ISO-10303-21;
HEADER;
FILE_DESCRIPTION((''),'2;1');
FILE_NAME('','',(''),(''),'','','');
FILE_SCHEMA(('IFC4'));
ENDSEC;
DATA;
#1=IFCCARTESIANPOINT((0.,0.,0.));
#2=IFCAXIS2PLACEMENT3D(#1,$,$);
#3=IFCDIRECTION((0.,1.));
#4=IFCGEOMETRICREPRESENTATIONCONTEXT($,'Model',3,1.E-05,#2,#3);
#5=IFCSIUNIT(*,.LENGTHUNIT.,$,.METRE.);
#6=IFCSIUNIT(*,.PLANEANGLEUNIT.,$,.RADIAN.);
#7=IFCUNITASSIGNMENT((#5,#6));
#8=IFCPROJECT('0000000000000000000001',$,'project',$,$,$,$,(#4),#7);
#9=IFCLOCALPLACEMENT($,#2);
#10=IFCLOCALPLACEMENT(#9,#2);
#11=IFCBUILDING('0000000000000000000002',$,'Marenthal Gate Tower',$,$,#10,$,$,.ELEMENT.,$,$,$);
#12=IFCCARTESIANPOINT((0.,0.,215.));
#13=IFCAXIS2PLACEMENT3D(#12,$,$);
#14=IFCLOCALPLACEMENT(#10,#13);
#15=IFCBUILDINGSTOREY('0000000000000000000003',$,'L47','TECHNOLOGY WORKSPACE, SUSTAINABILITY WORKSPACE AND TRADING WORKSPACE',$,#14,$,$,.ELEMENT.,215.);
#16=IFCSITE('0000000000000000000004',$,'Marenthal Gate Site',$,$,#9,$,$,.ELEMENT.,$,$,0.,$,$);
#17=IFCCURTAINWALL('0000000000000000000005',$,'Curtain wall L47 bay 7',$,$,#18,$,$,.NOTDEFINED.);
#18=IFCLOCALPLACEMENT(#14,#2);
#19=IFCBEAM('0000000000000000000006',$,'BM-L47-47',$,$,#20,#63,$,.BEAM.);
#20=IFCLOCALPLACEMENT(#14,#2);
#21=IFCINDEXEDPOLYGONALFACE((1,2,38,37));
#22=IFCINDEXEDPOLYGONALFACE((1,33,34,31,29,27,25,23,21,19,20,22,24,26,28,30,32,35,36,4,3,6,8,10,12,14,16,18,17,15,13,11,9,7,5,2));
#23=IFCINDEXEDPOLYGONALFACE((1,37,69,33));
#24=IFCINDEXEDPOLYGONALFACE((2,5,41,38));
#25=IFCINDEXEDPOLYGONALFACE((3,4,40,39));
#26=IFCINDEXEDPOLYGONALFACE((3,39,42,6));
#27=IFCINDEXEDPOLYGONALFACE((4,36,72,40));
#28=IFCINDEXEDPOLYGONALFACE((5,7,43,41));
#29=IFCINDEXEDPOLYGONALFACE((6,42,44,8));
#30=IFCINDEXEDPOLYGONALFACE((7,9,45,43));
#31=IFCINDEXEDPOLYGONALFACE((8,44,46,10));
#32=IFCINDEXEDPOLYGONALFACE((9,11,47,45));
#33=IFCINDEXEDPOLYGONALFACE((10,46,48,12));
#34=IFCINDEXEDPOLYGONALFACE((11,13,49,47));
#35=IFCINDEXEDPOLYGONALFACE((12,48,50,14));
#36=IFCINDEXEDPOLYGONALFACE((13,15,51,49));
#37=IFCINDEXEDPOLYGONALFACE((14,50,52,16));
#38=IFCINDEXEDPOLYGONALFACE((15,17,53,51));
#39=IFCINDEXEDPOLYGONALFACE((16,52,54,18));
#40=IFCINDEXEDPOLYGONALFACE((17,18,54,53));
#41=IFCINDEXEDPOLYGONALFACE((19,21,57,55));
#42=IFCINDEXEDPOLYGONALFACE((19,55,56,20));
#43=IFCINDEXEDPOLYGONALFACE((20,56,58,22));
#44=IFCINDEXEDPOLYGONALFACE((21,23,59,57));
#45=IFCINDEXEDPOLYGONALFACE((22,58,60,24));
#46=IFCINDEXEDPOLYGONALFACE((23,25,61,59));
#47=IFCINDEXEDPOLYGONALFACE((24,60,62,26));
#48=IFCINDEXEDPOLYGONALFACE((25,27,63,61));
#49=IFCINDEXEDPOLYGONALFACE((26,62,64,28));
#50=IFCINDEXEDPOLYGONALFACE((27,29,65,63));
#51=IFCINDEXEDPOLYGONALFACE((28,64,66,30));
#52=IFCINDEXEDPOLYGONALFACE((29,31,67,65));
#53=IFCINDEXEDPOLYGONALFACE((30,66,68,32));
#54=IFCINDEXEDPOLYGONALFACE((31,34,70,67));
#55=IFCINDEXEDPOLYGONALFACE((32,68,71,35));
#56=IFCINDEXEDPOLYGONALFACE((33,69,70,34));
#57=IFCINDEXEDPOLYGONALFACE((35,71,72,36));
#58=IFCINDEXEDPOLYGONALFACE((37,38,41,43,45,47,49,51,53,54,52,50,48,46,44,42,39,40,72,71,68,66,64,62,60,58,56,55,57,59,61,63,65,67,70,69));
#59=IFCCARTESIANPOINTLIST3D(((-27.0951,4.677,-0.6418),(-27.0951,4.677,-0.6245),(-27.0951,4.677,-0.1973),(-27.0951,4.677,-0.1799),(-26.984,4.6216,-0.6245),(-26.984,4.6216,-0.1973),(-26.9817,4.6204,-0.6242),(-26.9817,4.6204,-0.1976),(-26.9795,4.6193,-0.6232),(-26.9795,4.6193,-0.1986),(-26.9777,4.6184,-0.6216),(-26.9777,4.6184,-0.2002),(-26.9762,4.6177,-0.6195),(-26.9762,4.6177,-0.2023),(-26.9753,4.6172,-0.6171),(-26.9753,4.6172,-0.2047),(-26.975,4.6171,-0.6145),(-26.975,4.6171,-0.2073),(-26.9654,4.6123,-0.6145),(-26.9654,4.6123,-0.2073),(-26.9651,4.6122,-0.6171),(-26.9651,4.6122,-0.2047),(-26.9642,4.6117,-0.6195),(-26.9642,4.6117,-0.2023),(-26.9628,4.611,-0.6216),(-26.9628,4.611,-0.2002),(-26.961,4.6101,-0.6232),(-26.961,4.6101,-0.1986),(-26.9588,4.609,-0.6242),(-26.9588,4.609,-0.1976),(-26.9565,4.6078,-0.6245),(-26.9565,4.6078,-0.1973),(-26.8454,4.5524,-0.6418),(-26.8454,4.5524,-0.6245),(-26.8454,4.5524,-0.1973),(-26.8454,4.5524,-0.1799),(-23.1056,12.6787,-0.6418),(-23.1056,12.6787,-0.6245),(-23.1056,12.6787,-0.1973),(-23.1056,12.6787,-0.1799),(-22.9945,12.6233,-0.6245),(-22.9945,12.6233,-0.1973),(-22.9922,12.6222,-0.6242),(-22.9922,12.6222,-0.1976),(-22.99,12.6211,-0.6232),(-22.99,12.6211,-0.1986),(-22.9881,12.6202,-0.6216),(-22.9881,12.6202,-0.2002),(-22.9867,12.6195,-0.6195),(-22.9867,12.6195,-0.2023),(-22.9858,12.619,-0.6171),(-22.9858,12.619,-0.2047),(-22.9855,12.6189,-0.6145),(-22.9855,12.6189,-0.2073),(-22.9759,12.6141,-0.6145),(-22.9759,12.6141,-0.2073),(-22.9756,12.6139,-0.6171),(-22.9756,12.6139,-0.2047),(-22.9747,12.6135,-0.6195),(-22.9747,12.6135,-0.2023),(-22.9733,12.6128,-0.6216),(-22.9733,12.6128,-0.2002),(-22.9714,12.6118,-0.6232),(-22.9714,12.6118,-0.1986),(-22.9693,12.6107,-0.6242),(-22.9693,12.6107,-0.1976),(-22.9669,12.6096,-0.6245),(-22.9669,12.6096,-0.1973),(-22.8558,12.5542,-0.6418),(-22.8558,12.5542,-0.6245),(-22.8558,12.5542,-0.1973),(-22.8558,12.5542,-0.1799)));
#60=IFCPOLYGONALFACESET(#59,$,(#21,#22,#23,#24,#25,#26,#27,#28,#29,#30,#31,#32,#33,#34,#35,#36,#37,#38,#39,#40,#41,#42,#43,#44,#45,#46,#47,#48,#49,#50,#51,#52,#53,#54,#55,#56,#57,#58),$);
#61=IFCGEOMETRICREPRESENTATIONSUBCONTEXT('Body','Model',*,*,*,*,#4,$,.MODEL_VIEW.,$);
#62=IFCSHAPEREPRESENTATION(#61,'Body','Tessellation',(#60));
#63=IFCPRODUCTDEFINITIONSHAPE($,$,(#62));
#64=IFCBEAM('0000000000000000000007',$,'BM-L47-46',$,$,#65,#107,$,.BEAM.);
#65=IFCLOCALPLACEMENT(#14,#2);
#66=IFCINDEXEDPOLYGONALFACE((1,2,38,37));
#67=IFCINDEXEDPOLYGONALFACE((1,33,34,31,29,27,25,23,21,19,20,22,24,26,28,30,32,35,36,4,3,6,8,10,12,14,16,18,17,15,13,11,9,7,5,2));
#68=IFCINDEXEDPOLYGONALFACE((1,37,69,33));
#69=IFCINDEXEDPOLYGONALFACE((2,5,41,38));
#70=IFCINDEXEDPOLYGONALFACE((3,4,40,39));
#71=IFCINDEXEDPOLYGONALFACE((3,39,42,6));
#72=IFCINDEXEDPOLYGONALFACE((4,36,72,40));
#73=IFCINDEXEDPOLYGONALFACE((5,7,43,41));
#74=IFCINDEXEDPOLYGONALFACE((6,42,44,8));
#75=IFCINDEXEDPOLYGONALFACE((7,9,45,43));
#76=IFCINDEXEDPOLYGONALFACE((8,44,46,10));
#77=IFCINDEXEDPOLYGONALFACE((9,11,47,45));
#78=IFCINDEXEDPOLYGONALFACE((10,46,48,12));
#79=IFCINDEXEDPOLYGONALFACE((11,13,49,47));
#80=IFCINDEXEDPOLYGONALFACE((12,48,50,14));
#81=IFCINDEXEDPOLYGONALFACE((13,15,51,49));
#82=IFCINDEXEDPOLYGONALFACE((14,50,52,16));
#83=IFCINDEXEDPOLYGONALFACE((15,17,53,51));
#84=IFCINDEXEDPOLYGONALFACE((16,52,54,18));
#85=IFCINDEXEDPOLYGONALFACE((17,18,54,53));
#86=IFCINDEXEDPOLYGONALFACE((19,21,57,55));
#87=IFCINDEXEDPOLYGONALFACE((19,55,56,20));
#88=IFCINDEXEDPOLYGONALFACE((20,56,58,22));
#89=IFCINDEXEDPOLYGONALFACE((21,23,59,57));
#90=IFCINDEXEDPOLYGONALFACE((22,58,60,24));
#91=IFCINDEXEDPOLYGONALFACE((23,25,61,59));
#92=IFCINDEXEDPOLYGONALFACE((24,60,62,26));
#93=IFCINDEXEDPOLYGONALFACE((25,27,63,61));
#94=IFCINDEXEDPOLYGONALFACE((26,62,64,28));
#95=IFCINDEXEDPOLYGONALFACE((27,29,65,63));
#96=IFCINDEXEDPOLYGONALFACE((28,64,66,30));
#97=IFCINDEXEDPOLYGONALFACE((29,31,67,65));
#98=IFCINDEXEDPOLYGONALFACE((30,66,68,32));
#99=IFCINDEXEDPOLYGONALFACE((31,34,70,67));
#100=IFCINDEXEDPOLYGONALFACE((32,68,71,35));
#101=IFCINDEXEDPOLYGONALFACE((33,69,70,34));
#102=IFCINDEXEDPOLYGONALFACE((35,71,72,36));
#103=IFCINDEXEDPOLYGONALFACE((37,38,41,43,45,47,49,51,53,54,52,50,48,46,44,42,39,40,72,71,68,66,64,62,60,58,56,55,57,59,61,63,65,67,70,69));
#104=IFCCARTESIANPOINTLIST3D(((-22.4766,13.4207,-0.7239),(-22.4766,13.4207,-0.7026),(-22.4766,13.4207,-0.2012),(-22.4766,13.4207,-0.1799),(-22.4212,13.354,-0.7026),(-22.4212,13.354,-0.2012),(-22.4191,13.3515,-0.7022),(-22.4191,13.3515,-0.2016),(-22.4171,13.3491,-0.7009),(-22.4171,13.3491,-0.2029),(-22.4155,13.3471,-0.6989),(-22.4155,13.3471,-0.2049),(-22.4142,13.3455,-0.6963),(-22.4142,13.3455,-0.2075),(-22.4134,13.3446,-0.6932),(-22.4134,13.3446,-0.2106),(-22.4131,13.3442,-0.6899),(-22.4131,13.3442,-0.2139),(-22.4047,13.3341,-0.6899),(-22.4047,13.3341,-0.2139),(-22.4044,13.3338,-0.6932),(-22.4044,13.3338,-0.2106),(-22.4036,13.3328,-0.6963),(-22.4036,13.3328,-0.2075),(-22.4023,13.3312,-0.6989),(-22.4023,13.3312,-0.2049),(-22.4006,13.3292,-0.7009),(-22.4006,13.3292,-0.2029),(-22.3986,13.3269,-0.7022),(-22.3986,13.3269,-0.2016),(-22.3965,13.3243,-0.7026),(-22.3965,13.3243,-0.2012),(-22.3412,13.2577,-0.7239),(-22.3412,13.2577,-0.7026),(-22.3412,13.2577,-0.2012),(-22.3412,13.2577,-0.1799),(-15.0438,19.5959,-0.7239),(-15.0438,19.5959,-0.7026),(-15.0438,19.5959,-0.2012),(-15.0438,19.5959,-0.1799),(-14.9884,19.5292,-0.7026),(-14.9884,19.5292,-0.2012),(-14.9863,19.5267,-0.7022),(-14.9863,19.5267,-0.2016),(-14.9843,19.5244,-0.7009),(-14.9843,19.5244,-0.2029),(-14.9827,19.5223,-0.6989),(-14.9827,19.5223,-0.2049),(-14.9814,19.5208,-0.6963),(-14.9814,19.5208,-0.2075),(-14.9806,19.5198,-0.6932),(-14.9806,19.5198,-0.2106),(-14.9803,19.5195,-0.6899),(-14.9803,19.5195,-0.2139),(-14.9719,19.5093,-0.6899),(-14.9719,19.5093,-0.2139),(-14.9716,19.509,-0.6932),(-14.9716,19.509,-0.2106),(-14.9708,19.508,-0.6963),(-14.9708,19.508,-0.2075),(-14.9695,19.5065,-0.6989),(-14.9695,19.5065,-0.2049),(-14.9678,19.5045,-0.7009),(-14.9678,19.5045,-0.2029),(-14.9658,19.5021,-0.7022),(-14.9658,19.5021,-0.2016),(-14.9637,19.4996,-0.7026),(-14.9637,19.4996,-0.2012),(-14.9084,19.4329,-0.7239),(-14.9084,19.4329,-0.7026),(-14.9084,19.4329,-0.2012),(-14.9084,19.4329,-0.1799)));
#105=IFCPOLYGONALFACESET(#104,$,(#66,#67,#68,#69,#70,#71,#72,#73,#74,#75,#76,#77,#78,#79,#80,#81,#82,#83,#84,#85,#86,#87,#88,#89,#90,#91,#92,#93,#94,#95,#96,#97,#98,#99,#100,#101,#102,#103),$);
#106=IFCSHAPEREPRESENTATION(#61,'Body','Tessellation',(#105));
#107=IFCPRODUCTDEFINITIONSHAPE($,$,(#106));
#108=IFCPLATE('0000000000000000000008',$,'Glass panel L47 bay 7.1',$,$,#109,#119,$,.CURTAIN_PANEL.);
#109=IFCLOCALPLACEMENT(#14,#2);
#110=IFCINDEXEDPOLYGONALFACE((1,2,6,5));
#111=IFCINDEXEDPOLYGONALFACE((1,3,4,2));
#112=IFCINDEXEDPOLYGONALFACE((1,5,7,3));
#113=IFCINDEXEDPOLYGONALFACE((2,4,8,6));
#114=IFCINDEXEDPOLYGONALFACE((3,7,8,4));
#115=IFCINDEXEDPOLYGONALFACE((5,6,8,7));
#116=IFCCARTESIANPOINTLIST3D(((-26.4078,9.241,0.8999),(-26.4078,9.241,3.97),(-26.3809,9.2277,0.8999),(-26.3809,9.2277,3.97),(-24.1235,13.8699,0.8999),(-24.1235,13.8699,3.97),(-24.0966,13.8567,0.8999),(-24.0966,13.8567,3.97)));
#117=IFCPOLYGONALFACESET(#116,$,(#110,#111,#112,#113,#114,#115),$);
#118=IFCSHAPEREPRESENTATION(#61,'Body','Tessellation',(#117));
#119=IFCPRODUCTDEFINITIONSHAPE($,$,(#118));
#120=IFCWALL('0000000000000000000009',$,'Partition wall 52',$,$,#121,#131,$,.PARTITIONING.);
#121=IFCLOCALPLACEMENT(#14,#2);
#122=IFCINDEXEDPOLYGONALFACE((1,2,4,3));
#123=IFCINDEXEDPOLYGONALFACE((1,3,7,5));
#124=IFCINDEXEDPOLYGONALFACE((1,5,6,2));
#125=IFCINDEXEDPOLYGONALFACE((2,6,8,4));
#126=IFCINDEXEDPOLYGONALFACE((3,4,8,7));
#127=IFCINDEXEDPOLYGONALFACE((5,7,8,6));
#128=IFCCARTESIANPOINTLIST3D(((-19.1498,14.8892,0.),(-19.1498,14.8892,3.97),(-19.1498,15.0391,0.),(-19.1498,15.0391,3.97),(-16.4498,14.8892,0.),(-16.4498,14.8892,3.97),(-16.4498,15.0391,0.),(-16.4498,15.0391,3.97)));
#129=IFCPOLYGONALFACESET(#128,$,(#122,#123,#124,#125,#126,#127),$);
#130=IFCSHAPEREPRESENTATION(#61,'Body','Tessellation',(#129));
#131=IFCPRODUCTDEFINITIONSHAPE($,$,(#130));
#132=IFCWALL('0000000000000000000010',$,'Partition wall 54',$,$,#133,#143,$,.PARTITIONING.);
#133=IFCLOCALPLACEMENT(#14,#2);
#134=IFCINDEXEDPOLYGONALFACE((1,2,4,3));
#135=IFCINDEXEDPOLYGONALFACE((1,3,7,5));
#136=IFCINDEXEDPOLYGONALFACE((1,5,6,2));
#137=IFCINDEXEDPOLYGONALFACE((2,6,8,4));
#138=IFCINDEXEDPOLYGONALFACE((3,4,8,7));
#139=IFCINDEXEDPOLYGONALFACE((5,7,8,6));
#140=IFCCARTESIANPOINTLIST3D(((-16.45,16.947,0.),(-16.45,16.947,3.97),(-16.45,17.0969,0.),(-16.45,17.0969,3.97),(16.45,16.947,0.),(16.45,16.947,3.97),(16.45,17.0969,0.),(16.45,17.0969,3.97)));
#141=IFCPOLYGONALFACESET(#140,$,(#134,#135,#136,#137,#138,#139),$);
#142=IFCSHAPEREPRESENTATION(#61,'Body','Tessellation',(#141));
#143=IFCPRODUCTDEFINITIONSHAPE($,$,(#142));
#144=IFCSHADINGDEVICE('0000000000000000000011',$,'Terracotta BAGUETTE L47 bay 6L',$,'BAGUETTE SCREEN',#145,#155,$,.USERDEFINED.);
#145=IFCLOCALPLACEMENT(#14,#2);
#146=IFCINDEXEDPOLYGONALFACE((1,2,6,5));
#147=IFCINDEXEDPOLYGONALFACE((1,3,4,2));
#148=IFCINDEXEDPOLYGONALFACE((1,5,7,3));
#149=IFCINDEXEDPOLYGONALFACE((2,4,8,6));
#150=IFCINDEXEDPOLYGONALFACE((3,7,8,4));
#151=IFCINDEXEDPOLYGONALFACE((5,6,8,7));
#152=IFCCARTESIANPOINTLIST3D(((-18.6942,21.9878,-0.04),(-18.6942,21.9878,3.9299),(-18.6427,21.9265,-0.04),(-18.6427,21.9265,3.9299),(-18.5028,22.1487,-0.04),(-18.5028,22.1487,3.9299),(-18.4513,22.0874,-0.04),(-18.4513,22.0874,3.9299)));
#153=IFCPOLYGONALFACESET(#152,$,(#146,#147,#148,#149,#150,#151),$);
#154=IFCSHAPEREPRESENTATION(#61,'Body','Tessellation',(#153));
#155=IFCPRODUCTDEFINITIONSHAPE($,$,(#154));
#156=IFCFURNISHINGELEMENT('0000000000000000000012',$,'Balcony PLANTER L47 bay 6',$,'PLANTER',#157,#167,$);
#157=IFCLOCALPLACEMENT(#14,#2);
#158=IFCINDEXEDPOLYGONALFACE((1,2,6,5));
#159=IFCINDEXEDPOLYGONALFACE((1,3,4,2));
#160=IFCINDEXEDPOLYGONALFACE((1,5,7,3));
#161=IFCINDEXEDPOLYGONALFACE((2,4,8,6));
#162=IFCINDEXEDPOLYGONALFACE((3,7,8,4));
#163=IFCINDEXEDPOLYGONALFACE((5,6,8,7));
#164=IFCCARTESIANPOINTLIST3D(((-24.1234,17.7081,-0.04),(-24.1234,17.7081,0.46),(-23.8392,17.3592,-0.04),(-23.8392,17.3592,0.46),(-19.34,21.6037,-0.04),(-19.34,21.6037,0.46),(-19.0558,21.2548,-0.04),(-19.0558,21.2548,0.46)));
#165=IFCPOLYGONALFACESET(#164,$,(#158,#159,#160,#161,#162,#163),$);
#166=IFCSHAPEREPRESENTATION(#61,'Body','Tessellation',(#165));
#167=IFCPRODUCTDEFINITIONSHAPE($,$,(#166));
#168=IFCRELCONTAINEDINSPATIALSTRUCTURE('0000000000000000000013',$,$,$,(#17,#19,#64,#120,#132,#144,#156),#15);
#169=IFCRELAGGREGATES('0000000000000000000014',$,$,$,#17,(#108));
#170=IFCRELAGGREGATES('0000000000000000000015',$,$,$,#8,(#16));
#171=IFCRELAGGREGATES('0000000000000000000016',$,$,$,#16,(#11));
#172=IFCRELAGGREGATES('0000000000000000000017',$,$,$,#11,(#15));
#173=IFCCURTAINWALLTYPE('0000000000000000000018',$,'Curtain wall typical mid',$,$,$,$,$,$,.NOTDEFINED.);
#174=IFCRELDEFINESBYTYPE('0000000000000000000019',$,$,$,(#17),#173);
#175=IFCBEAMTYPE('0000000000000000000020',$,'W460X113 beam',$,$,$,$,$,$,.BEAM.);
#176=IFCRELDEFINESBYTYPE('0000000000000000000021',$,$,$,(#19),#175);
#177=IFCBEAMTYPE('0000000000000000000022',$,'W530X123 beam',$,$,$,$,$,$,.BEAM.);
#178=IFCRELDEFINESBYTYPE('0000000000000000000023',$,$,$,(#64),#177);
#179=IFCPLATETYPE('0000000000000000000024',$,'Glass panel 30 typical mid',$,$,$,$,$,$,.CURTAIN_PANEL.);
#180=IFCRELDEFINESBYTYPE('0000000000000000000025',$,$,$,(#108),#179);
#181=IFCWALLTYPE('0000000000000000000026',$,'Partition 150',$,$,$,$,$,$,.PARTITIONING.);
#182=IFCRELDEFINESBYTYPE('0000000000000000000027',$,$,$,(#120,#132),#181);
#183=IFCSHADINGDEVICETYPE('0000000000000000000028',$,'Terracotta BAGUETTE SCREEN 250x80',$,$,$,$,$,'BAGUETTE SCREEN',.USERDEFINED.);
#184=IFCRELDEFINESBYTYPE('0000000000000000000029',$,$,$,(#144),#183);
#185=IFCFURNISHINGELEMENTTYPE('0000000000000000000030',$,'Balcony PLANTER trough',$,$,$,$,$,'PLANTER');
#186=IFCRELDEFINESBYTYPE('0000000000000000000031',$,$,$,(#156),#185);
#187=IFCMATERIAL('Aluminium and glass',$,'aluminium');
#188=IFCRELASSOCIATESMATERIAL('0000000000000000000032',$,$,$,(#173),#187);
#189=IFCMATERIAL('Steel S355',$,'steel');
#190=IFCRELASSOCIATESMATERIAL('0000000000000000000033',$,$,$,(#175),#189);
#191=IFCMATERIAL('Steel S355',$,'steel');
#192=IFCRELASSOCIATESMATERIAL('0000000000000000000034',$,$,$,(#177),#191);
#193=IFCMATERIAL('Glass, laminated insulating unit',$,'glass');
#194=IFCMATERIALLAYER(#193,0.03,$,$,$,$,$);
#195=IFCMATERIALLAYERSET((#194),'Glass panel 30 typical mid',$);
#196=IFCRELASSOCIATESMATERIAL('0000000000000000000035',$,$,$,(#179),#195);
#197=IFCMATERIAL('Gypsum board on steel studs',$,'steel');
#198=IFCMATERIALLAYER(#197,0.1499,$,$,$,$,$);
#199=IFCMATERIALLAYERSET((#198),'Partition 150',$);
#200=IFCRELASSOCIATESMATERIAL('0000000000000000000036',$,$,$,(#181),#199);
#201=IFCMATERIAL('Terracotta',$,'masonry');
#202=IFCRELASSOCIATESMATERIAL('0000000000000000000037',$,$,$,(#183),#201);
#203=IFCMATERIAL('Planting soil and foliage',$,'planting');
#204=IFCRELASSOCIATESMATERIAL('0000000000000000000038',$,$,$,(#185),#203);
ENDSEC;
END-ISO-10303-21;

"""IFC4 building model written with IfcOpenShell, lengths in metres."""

from ifc_helpers import new_model, si_unit, direction, frame, frame_2d, origin, origin_2d, place, context, subcontext, project, spatial, rectangle, i_section, extrude, material, layer, layer_set, material_profile, profile_set, type_object, element, aggregate, save


model = new_model("IFC4")

# Units and contexts
model_context = context("Model", 3, precision=1e-05, world=origin(), true_north=direction((0.0, 1.0)))
body_context = subcontext(model_context, "Body", "Model", "MODEL_VIEW")
ifc_project = project(units=[si_unit("LENGTHUNIT", "METRE"), si_unit("PLANEANGLEUNIT", "RADIAN")], contexts=[model_context])

# Site, building, storey
site_placement = place(None, origin())
site = spatial("IfcSite", under=ifc_project, at=site_placement, Name="Marenthal Gate Site", CompositionType="ELEMENT", RefElevation=0.0)
building_placement = place(site_placement, origin())
building = spatial("IfcBuilding", under=site, at=building_placement, Name="Marenthal Gate Tower", CompositionType="ELEMENT")
storey_placement = place(building_placement, frame((0.0, 0.0, 215.0)))
storey = spatial("IfcBuildingStorey", under=building, at=storey_placement, Name="L47", Description="TECHNOLOGY WORKSPACE, SUSTAINABILITY WORKSPACE AND TRADING WORKSPACE", CompositionType="ELEMENT", Elevation=215.0)

# Shared definitions
ifc_material_1 = material(Name="Aluminium and glass", Category="aluminium")
curtain_wall_type = type_object("IfcCurtainWallType", Name="Curtain wall typical mid", PredefinedType="NOTDEFINED", material=ifc_material_1)

# Curtain wall
curtain_wall_1_placement = place(storey_placement, origin())
curtain_wall_1 = element("IfcCurtainWall", 1, at=curtain_wall_1_placement, inside=storey, type_object=curtain_wall_type, Name="Curtain wall L47 bay 7", PredefinedType="NOTDEFINED")

# Beams
ifc_material_2 = material(Name="Steel S355", Category="steel")
ifc_material_profile_1 = material_profile(ifc_material_2, i_section(OverallWidth=0.2791, OverallDepth=0.4619, WebThickness=0.0107, FlangeThickness=0.0173, FilletRadius=0.01, at=origin_2d()), Name="W460X113")
ifc_profile_set_1 = profile_set([ifc_material_profile_1], Name="Steel S355")
beam_type_1 = type_object("IfcBeamType", Name="W460X113 beam", PredefinedType="BEAM", material=ifc_profile_set_1)
beam_1_placement = place(storey_placement, frame((-22.9807, 12.6165, -0.4109), z_axis=(-0.446198, -0.894934, 0.0), x_axis=(0.894934, -0.446198, 0.0)))
element("IfcBeam", 2, at=beam_1_placement, inside=storey, type_object=beam_type_1, Name="BM-L47-47", PredefinedType="BEAM", context=body_context, shape_type="SweptSolid", body=[
    extrude(i_section(OverallWidth=0.2791, OverallDepth=0.4619, WebThickness=0.0107, FlangeThickness=0.0173, FilletRadius=0.01, at=origin_2d()), origin(), (0.0, 0.0, 1.0), 8.9412),
])
ifc_material_3 = material(Name="Steel S355", Category="steel")
ifc_material_profile_2 = material_profile(ifc_material_3, i_section(OverallWidth=0.2119, OverallDepth=0.5439, WebThickness=0.0132, FlangeThickness=0.0212, FilletRadius=0.0127, at=origin_2d()), Name="W530X123")
ifc_profile_set_2 = profile_set([ifc_material_profile_2], Name="Steel S355")
beam_type_2 = type_object("IfcBeamType", Name="W530X123 beam", PredefinedType="BEAM", material=ifc_profile_set_2)
beam_2_placement = place(storey_placement, frame((-14.9761, 19.5144, -0.4519), z_axis=(-0.769175, -0.639038, 0.0), x_axis=(0.639038, -0.769175, 0.0)))
element("IfcBeam", 3, at=beam_2_placement, inside=storey, type_object=beam_type_2, Name="BM-L47-46", PredefinedType="BEAM", context=body_context, shape_type="SweptSolid", body=[
    extrude(i_section(OverallWidth=0.2119, OverallDepth=0.5439, WebThickness=0.0132, FlangeThickness=0.0212, FilletRadius=0.0127, at=origin_2d()), origin(), (0.0, 0.0, 1.0), 9.6633),
])

# Plate
ifc_material_4 = material(Name="Glass, laminated insulating unit", Category="glass")
ifc_layer_1 = layer(ifc_material_4, 0.03)
ifc_layer_set_1 = layer_set([ifc_layer_1], Name="Glass panel 30 typical mid")
plate_type = type_object("IfcPlateType", Name="Glass panel 30 typical mid", PredefinedType="CURTAIN_PANEL", material=ifc_layer_set_1)
plate_placement = place(storey_placement, frame((-25.2522, 11.5488, 0.8999), z_axis=(0.0, 0.0, 1.0), x_axis=(-0.442523, -0.896757, 0.0)))
plate = element("IfcPlate", 4, at=plate_placement, type_object=plate_type, Name="Glass panel L47 bay 7.1", PredefinedType="CURTAIN_PANEL", context=body_context, shape_type="SweptSolid", body=[
    extrude(rectangle(XDim=5.1619, YDim=0.03, at=origin_2d()), origin(), (0.0, 0.0, 1.0), 3.0701),
])
aggregate(curtain_wall_1, [plate])

# Walls
ifc_material_5 = material(Name="Gypsum board on steel studs", Category="steel")
ifc_layer_2 = layer(ifc_material_5, 0.1499)
ifc_layer_set_2 = layer_set([ifc_layer_2], Name="Partition 150")
wall_type_1 = type_object("IfcWallType", Name="Partition 150", PredefinedType="PARTITIONING", material=ifc_layer_set_2)
wall_1_placement = place(storey_placement, frame((-19.1499, 14.9641, 0.0), z_axis=(0.0, 0.0, 1.0), x_axis=(1.0, 0.0, 0.0)))
element("IfcWall", 5, at=wall_1_placement, inside=storey, type_object=wall_type_1, Name="Partition wall 52", PredefinedType="PARTITIONING", context=body_context, shape_type="SweptSolid", body=[
    extrude(rectangle(XDim=2.7, YDim=0.1499, at=frame_2d((1.3501, 0.0))), origin(), (0.0, 0.0, 1.0), 3.97),
])
wall_2_placement = place(storey_placement, frame((-16.45, 17.022, 0.0), z_axis=(0.0, 0.0, 1.0), x_axis=(1.0, 0.0, 0.0)))
element("IfcWall", 6, at=wall_2_placement, inside=storey, type_object=wall_type_1, Name="Partition wall 54", PredefinedType="PARTITIONING", context=body_context, shape_type="SweptSolid", body=[
    extrude(rectangle(XDim=32.8999, YDim=0.1499, at=frame_2d((16.45, 0.0))), origin(), (0.0, 0.0, 1.0), 3.97),
])

# Shading device
ifc_material_6 = material(Name="Terracotta", Category="masonry")
ifc_material_profile_3 = material_profile(ifc_material_6, rectangle(XDim=0.25, YDim=0.0801, at=origin_2d()), Name="Terracotta baguette 250x80")
ifc_profile_set_3 = profile_set([ifc_material_profile_3], Name="Terracotta")
shading_device_type = type_object("IfcShadingDeviceType", Name="Terracotta BAGUETTE SCREEN 250x80", ElementType="BAGUETTE SCREEN", PredefinedType="USERDEFINED", material=ifc_profile_set_3)
shading_device_placement = place(storey_placement, frame((-18.5728, 22.0376, -0.04), z_axis=(0.0, 0.0, 1.0), x_axis=(-0.765628, -0.643284, 0.0)))
element("IfcShadingDevice", 7, at=shading_device_placement, inside=storey, type_object=shading_device_type, Name="Terracotta BAGUETTE L47 bay 6L", ObjectType="BAGUETTE SCREEN", PredefinedType="USERDEFINED", context=body_context, shape_type="SweptSolid", body=[
    extrude(rectangle(XDim=0.25, YDim=0.0801, at=origin_2d()), origin(), (0.0, 0.0, 1.0), 3.97),
])

# Furnishing element
ifc_material_7 = material(Name="Planting soil and foliage", Category="planting")
furnishing_element_type = type_object("IfcFurnishingElementType", Name="Balcony PLANTER trough", ElementType="PLANTER", material=ifc_material_7)
furnishing_placement = place(storey_placement, frame((-21.5896, 19.4814, -0.04), z_axis=(0.0, 0.0, 1.0), x_axis=(-0.775396, -0.631476, 0.0)))
element("IfcFurnishingElement", 8, at=furnishing_placement, inside=storey, type_object=furnishing_element_type, Name="Balcony PLANTER L47 bay 6", ObjectType="PLANTER", context=body_context, shape_type="SweptSolid", body=[
    extrude(rectangle(XDim=6.1689, YDim=0.45, at=origin_2d()), origin(), (0.0, 0.0, 1.0), 0.5),
])

save(model, "model.ifc")
